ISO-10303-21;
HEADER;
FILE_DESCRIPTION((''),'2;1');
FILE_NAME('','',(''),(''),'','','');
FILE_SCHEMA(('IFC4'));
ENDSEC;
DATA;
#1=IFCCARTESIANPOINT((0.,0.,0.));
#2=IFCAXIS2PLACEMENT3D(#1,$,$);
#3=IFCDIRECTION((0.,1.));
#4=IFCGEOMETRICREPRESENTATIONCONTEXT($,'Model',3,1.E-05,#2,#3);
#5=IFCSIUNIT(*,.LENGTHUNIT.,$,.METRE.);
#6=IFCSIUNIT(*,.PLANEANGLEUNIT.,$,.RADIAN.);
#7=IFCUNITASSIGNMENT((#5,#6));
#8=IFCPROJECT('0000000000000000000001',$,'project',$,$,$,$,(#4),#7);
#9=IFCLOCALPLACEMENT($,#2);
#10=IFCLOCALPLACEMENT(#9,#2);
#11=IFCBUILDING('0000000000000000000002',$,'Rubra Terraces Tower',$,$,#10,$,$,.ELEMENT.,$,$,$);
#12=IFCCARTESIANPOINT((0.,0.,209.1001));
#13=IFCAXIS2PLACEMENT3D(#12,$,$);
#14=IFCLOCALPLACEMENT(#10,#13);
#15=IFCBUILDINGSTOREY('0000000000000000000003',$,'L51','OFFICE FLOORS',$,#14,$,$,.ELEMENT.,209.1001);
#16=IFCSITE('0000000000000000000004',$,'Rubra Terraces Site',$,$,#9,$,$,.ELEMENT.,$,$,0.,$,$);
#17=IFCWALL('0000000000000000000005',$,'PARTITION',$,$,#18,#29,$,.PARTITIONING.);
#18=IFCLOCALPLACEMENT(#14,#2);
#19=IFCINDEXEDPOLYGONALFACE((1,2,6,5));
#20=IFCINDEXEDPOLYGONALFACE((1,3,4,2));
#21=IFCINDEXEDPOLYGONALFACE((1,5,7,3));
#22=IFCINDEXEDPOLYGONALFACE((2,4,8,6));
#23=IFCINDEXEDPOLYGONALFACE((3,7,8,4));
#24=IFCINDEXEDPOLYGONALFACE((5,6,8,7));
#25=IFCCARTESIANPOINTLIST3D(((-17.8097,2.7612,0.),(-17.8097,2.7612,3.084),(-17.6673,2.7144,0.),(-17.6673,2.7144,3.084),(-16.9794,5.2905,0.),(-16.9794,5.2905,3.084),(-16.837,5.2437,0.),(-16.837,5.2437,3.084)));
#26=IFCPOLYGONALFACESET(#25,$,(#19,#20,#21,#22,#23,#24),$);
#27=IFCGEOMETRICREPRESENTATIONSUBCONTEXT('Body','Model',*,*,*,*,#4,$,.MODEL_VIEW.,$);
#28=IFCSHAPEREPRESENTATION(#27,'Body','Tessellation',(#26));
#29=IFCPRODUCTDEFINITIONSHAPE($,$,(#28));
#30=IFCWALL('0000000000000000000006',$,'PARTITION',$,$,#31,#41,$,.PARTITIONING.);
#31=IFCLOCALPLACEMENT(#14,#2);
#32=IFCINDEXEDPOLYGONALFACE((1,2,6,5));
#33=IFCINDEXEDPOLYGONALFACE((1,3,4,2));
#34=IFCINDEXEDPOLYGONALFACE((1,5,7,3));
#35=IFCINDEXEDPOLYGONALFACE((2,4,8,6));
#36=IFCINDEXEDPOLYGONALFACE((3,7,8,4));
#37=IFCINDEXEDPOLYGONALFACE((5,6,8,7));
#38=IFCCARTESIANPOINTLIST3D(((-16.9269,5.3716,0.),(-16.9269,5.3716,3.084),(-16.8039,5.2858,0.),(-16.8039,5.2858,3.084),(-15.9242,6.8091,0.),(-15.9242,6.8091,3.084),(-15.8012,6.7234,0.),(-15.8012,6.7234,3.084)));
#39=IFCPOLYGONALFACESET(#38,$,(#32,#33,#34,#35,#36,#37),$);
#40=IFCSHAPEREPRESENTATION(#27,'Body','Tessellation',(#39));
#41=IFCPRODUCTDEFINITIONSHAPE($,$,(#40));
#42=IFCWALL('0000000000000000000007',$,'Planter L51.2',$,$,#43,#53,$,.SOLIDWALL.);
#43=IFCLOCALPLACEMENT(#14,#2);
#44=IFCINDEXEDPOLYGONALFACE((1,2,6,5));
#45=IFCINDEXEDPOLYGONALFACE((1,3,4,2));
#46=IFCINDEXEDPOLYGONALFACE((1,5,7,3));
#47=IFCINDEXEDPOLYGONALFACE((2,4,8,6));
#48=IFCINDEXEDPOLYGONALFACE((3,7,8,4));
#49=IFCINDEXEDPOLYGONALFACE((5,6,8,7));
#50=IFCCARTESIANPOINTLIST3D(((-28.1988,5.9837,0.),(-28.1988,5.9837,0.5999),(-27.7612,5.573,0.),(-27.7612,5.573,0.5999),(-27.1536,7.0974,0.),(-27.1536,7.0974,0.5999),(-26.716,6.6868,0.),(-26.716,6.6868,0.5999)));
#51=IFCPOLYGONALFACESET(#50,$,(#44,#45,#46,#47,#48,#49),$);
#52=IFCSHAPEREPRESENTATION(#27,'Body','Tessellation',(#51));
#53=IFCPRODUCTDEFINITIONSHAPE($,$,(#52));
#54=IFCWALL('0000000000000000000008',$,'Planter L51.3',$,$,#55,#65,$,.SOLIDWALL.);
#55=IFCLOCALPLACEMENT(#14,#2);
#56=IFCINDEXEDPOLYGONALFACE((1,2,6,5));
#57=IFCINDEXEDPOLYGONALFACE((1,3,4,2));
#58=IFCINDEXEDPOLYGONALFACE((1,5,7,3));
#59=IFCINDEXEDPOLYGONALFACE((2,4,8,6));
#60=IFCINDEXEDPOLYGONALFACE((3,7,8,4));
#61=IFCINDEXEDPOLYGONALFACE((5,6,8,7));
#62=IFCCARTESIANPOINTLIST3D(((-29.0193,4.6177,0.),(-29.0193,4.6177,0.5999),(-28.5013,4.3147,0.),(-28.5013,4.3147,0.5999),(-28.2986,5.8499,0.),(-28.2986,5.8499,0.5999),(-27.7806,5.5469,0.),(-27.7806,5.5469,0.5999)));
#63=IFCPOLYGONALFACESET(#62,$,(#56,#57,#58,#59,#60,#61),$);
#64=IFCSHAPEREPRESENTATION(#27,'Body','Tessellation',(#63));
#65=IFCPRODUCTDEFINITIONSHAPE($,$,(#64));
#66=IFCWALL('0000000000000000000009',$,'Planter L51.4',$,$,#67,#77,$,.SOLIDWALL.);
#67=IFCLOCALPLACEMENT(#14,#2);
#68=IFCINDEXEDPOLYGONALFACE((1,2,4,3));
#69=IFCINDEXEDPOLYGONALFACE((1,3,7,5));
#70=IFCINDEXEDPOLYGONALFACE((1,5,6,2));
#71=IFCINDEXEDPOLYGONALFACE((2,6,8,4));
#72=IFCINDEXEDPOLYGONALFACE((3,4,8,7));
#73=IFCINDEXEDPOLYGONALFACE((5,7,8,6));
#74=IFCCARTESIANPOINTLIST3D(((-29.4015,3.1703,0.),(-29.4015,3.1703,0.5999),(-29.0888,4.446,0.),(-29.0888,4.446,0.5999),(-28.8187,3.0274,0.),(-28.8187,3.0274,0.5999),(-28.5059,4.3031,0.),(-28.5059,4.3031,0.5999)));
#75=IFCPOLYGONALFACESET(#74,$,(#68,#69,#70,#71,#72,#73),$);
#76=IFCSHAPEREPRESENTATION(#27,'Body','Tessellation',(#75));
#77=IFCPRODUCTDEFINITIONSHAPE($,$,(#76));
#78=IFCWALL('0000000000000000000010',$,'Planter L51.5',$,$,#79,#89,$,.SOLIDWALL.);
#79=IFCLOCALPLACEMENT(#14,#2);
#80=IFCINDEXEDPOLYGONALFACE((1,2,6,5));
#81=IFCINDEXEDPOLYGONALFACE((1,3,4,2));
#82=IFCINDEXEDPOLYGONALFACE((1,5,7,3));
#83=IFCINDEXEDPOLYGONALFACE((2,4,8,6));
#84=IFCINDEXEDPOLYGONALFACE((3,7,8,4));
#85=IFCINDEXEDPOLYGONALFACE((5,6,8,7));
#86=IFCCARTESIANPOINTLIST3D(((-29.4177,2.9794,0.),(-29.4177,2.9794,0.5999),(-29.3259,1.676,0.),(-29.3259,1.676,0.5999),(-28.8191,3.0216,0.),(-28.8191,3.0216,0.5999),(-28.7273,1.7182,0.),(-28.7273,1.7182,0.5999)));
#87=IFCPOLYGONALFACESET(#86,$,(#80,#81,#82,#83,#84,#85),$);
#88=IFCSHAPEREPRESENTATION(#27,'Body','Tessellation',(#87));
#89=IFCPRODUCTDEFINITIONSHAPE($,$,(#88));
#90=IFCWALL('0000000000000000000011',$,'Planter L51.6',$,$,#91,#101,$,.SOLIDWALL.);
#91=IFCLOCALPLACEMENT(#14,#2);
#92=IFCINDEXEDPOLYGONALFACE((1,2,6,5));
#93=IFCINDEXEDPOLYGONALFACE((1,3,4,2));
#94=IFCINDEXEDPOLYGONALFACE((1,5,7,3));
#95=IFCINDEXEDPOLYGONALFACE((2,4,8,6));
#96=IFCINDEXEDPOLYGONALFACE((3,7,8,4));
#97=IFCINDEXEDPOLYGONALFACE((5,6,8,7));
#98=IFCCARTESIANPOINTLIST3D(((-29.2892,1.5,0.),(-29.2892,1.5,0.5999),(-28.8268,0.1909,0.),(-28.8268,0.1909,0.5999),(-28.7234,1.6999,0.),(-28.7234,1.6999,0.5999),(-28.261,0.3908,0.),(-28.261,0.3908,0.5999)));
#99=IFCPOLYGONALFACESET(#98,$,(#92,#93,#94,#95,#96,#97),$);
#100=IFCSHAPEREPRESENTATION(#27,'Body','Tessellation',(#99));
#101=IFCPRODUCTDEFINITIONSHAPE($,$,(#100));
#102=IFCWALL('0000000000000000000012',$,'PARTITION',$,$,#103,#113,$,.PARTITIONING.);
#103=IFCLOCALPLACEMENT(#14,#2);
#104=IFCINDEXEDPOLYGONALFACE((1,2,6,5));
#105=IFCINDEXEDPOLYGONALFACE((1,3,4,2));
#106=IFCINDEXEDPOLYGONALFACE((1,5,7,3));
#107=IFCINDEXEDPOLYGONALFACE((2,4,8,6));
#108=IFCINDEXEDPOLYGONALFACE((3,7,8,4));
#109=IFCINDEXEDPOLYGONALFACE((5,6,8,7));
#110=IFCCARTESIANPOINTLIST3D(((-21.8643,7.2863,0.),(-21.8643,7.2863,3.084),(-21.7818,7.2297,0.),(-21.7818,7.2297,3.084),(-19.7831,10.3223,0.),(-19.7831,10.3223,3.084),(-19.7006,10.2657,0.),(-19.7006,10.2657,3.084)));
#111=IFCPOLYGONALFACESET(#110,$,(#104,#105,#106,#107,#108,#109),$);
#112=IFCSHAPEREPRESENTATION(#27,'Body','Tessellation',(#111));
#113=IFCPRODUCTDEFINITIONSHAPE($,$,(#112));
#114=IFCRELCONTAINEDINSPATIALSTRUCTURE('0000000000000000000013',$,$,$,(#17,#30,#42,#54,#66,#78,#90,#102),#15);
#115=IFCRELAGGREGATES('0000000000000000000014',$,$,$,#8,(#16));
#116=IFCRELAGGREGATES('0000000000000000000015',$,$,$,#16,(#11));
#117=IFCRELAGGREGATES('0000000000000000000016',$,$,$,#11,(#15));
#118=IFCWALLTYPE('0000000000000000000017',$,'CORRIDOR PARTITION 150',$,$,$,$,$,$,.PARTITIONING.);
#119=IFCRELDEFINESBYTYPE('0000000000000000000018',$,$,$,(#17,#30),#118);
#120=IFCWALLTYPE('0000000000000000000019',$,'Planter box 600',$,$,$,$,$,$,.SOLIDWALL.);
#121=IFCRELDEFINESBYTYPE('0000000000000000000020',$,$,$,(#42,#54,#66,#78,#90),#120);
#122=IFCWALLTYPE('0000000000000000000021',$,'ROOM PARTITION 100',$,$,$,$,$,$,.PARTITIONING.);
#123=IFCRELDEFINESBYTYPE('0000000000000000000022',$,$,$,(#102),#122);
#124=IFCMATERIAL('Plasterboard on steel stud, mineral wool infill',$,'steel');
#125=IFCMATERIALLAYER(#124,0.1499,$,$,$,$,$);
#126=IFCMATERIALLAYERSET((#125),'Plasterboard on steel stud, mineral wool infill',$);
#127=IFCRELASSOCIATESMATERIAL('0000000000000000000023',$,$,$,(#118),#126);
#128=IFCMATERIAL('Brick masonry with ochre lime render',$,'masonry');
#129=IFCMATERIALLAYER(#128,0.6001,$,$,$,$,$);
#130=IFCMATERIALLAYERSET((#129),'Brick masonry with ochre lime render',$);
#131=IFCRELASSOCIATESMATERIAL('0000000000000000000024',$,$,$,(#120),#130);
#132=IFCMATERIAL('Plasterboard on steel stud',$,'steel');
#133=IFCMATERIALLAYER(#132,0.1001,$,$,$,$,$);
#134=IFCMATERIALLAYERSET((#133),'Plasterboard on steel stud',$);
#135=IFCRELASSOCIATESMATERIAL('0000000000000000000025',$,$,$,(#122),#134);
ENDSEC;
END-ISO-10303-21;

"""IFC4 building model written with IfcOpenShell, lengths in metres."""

from ifc_helpers import new_model, si_unit, direction, frame, frame_2d, origin, place, context, subcontext, project, spatial, rectangle, extrude, material, layer, layer_set, type_object, element, save


model = new_model("IFC4")

# Units and contexts
model_context = context("Model", 3, precision=1e-05, world=origin(), true_north=direction((0.0, 1.0)))
body_context = subcontext(model_context, "Body", "Model", "MODEL_VIEW")
ifc_project = project(units=[si_unit("LENGTHUNIT", "METRE"), si_unit("PLANEANGLEUNIT", "RADIAN")], contexts=[model_context])

# Site, building, storey
site_placement = place(None, origin())
site = spatial("IfcSite", under=ifc_project, at=site_placement, Name="Rubra Terraces Site", CompositionType="ELEMENT", RefElevation=0.0)
building_placement = place(site_placement, origin())
building = spatial("IfcBuilding", under=site, at=building_placement, Name="Rubra Terraces Tower", CompositionType="ELEMENT")
storey_placement = place(building_placement, frame((0.0, 0.0, 209.1001)))
storey = spatial("IfcBuildingStorey", under=building, at=storey_placement, Name="L51", Description="OFFICE FLOORS", CompositionType="ELEMENT", Elevation=209.1001)

# Shared definitions
ifc_material_1 = material(Name="Plasterboard on steel stud, mineral wool infill", Category="steel")
ifc_layer_1 = layer(ifc_material_1, 0.1499)
ifc_layer_set_1 = layer_set([ifc_layer_1], Name="Plasterboard on steel stud, mineral wool infill")
wall_type_1 = type_object("IfcWallType", Name="CORRIDOR PARTITION 150", PredefinedType="PARTITIONING", material=ifc_layer_set_1)

# Walls
wall_1_placement = place(storey_placement, frame((-17.7385, 2.7378, 0.0), z_axis=(0.0, 0.0, 1.0), x_axis=(0.311905, 0.950113, 0.0)))
element("IfcWall", 1, at=wall_1_placement, inside=storey, type_object=wall_type_1, Name="PARTITION", PredefinedType="PARTITIONING", context=body_context, shape_type="SweptSolid", body=[
    extrude(rectangle(XDim=2.6621, YDim=0.1499, at=frame_2d((1.3311, 0.0))), origin(), (0.0, 0.0, 1.0), 3.084),
])
wall_2_placement = place(storey_placement, frame((-16.8655, 5.3286, 0.0), z_axis=(0.0, 0.0, 1.0), x_axis=(0.572097, 0.820186, 0.0)))
element("IfcWall", 2, at=wall_2_placement, inside=storey, type_object=wall_type_1, Name="PARTITION", PredefinedType="PARTITIONING", context=body_context, shape_type="SweptSolid", body=[
    extrude(rectangle(XDim=1.7527, YDim=0.1499, at=frame_2d((0.8765, 0.0))), origin(), (0.0, 0.0, 1.0), 3.084),
])

# Shared definitions
ifc_material_2 = material(Name="Brick masonry with ochre lime render", Category="masonry")

# Walls
ifc_layer_2 = layer(ifc_material_2, 0.6001)
ifc_layer_set_2 = layer_set([ifc_layer_2], Name="Brick masonry with ochre lime render")
wall_type_2 = type_object("IfcWallType", Name="Planter box 600", PredefinedType="SOLIDWALL", material=ifc_layer_set_2)
wall_3_placement = place(storey_placement, frame((-26.9348, 6.8921, 0.0), z_axis=(0.0, 0.0, 1.0), x_axis=(-0.684292, -0.729208, 0.0)))
element("IfcWall", 3, at=wall_3_placement, inside=storey, type_object=wall_type_2, Name="Planter L51.2", PredefinedType="SOLIDWALL", context=body_context, shape_type="SweptSolid", body=[
    extrude(rectangle(XDim=1.5273, YDim=0.6001, at=frame_2d((0.7637, 0.0))), origin(), (0.0, 0.0, 1.0), 0.5999),
])
wall_4_placement = place(storey_placement, frame((-28.0396, 5.6985, 0.0), z_axis=(0.0, 0.0, 1.0), x_axis=(-0.504881, -0.863189, 0.0)))
element("IfcWall", 4, at=wall_4_placement, inside=storey, type_object=wall_type_2, Name="Planter L51.3", PredefinedType="SOLIDWALL", context=body_context, shape_type="SweptSolid", body=[
    extrude(rectangle(XDim=1.4275, YDim=0.6001, at=frame_2d((0.7139, 0.0))), origin(), (0.0, 0.0, 1.0), 0.5999),
])
wall_5_placement = place(storey_placement, frame((-28.7974, 4.3745, 0.0), z_axis=(0.0, 0.0, 1.0), x_axis=(-0.238116, -0.971237, 0.0)))
element("IfcWall", 5, at=wall_5_placement, inside=storey, type_object=wall_type_2, Name="Planter L51.4", PredefinedType="SOLIDWALL", context=body_context, shape_type="SweptSolid", body=[
    extrude(rectangle(XDim=1.3135, YDim=0.6001, at=frame_2d((0.6567, 0.0))), origin(), (0.0, 0.0, 1.0), 0.5999),
])
wall_6_placement = place(storey_placement, frame((-29.1184, 3.0005, 0.0), z_axis=(0.0, 0.0, 1.0), x_axis=(0.070251, -0.997529, 0.0)))
element("IfcWall", 6, at=wall_6_placement, inside=storey, type_object=wall_type_2, Name="Planter L51.5", PredefinedType="SOLIDWALL", context=body_context, shape_type="SweptSolid", body=[
    extrude(rectangle(XDim=1.3066, YDim=0.6001, at=frame_2d((0.6533, 0.0))), origin(), (0.0, 0.0, 1.0), 0.5999),
])
wall_7_placement = place(storey_placement, frame((-29.0063, 1.6001, 0.0), z_axis=(0.0, 0.0, 1.0), x_axis=(0.333059, -0.942906, 0.0)))
element("IfcWall", 7, at=wall_7_placement, inside=storey, type_object=wall_type_2, Name="Planter L51.6", PredefinedType="SOLIDWALL", context=body_context, shape_type="SweptSolid", body=[
    extrude(rectangle(XDim=1.3884, YDim=0.6001, at=frame_2d((0.6943, 0.0))), origin(), (0.0, 0.0, 1.0), 0.5999),
])
ifc_material_3 = material(Name="Plasterboard on steel stud", Category="steel")
ifc_layer_3 = layer(ifc_material_3, 0.1001)
ifc_layer_set_3 = layer_set([ifc_layer_3], Name="Plasterboard on steel stud")
wall_type_3 = type_object("IfcWallType", Name="ROOM PARTITION 100", PredefinedType="PARTITIONING", material=ifc_layer_set_3)
wall_8_placement = place(storey_placement, frame((-21.823, 7.2581, 0.0), z_axis=(0.0, 0.0, 1.0), x_axis=(0.565414, 0.824808, 0.0)))
element("IfcWall", 8, at=wall_8_placement, inside=storey, type_object=wall_type_3, Name="PARTITION", PredefinedType="PARTITIONING", context=body_context, shape_type="SweptSolid", body=[
    extrude(rectangle(XDim=3.6809, YDim=0.1001, at=frame_2d((1.8403, 0.0))), origin(), (0.0, 0.0, 1.0), 3.084),
])

save(model, "model.ifc")
